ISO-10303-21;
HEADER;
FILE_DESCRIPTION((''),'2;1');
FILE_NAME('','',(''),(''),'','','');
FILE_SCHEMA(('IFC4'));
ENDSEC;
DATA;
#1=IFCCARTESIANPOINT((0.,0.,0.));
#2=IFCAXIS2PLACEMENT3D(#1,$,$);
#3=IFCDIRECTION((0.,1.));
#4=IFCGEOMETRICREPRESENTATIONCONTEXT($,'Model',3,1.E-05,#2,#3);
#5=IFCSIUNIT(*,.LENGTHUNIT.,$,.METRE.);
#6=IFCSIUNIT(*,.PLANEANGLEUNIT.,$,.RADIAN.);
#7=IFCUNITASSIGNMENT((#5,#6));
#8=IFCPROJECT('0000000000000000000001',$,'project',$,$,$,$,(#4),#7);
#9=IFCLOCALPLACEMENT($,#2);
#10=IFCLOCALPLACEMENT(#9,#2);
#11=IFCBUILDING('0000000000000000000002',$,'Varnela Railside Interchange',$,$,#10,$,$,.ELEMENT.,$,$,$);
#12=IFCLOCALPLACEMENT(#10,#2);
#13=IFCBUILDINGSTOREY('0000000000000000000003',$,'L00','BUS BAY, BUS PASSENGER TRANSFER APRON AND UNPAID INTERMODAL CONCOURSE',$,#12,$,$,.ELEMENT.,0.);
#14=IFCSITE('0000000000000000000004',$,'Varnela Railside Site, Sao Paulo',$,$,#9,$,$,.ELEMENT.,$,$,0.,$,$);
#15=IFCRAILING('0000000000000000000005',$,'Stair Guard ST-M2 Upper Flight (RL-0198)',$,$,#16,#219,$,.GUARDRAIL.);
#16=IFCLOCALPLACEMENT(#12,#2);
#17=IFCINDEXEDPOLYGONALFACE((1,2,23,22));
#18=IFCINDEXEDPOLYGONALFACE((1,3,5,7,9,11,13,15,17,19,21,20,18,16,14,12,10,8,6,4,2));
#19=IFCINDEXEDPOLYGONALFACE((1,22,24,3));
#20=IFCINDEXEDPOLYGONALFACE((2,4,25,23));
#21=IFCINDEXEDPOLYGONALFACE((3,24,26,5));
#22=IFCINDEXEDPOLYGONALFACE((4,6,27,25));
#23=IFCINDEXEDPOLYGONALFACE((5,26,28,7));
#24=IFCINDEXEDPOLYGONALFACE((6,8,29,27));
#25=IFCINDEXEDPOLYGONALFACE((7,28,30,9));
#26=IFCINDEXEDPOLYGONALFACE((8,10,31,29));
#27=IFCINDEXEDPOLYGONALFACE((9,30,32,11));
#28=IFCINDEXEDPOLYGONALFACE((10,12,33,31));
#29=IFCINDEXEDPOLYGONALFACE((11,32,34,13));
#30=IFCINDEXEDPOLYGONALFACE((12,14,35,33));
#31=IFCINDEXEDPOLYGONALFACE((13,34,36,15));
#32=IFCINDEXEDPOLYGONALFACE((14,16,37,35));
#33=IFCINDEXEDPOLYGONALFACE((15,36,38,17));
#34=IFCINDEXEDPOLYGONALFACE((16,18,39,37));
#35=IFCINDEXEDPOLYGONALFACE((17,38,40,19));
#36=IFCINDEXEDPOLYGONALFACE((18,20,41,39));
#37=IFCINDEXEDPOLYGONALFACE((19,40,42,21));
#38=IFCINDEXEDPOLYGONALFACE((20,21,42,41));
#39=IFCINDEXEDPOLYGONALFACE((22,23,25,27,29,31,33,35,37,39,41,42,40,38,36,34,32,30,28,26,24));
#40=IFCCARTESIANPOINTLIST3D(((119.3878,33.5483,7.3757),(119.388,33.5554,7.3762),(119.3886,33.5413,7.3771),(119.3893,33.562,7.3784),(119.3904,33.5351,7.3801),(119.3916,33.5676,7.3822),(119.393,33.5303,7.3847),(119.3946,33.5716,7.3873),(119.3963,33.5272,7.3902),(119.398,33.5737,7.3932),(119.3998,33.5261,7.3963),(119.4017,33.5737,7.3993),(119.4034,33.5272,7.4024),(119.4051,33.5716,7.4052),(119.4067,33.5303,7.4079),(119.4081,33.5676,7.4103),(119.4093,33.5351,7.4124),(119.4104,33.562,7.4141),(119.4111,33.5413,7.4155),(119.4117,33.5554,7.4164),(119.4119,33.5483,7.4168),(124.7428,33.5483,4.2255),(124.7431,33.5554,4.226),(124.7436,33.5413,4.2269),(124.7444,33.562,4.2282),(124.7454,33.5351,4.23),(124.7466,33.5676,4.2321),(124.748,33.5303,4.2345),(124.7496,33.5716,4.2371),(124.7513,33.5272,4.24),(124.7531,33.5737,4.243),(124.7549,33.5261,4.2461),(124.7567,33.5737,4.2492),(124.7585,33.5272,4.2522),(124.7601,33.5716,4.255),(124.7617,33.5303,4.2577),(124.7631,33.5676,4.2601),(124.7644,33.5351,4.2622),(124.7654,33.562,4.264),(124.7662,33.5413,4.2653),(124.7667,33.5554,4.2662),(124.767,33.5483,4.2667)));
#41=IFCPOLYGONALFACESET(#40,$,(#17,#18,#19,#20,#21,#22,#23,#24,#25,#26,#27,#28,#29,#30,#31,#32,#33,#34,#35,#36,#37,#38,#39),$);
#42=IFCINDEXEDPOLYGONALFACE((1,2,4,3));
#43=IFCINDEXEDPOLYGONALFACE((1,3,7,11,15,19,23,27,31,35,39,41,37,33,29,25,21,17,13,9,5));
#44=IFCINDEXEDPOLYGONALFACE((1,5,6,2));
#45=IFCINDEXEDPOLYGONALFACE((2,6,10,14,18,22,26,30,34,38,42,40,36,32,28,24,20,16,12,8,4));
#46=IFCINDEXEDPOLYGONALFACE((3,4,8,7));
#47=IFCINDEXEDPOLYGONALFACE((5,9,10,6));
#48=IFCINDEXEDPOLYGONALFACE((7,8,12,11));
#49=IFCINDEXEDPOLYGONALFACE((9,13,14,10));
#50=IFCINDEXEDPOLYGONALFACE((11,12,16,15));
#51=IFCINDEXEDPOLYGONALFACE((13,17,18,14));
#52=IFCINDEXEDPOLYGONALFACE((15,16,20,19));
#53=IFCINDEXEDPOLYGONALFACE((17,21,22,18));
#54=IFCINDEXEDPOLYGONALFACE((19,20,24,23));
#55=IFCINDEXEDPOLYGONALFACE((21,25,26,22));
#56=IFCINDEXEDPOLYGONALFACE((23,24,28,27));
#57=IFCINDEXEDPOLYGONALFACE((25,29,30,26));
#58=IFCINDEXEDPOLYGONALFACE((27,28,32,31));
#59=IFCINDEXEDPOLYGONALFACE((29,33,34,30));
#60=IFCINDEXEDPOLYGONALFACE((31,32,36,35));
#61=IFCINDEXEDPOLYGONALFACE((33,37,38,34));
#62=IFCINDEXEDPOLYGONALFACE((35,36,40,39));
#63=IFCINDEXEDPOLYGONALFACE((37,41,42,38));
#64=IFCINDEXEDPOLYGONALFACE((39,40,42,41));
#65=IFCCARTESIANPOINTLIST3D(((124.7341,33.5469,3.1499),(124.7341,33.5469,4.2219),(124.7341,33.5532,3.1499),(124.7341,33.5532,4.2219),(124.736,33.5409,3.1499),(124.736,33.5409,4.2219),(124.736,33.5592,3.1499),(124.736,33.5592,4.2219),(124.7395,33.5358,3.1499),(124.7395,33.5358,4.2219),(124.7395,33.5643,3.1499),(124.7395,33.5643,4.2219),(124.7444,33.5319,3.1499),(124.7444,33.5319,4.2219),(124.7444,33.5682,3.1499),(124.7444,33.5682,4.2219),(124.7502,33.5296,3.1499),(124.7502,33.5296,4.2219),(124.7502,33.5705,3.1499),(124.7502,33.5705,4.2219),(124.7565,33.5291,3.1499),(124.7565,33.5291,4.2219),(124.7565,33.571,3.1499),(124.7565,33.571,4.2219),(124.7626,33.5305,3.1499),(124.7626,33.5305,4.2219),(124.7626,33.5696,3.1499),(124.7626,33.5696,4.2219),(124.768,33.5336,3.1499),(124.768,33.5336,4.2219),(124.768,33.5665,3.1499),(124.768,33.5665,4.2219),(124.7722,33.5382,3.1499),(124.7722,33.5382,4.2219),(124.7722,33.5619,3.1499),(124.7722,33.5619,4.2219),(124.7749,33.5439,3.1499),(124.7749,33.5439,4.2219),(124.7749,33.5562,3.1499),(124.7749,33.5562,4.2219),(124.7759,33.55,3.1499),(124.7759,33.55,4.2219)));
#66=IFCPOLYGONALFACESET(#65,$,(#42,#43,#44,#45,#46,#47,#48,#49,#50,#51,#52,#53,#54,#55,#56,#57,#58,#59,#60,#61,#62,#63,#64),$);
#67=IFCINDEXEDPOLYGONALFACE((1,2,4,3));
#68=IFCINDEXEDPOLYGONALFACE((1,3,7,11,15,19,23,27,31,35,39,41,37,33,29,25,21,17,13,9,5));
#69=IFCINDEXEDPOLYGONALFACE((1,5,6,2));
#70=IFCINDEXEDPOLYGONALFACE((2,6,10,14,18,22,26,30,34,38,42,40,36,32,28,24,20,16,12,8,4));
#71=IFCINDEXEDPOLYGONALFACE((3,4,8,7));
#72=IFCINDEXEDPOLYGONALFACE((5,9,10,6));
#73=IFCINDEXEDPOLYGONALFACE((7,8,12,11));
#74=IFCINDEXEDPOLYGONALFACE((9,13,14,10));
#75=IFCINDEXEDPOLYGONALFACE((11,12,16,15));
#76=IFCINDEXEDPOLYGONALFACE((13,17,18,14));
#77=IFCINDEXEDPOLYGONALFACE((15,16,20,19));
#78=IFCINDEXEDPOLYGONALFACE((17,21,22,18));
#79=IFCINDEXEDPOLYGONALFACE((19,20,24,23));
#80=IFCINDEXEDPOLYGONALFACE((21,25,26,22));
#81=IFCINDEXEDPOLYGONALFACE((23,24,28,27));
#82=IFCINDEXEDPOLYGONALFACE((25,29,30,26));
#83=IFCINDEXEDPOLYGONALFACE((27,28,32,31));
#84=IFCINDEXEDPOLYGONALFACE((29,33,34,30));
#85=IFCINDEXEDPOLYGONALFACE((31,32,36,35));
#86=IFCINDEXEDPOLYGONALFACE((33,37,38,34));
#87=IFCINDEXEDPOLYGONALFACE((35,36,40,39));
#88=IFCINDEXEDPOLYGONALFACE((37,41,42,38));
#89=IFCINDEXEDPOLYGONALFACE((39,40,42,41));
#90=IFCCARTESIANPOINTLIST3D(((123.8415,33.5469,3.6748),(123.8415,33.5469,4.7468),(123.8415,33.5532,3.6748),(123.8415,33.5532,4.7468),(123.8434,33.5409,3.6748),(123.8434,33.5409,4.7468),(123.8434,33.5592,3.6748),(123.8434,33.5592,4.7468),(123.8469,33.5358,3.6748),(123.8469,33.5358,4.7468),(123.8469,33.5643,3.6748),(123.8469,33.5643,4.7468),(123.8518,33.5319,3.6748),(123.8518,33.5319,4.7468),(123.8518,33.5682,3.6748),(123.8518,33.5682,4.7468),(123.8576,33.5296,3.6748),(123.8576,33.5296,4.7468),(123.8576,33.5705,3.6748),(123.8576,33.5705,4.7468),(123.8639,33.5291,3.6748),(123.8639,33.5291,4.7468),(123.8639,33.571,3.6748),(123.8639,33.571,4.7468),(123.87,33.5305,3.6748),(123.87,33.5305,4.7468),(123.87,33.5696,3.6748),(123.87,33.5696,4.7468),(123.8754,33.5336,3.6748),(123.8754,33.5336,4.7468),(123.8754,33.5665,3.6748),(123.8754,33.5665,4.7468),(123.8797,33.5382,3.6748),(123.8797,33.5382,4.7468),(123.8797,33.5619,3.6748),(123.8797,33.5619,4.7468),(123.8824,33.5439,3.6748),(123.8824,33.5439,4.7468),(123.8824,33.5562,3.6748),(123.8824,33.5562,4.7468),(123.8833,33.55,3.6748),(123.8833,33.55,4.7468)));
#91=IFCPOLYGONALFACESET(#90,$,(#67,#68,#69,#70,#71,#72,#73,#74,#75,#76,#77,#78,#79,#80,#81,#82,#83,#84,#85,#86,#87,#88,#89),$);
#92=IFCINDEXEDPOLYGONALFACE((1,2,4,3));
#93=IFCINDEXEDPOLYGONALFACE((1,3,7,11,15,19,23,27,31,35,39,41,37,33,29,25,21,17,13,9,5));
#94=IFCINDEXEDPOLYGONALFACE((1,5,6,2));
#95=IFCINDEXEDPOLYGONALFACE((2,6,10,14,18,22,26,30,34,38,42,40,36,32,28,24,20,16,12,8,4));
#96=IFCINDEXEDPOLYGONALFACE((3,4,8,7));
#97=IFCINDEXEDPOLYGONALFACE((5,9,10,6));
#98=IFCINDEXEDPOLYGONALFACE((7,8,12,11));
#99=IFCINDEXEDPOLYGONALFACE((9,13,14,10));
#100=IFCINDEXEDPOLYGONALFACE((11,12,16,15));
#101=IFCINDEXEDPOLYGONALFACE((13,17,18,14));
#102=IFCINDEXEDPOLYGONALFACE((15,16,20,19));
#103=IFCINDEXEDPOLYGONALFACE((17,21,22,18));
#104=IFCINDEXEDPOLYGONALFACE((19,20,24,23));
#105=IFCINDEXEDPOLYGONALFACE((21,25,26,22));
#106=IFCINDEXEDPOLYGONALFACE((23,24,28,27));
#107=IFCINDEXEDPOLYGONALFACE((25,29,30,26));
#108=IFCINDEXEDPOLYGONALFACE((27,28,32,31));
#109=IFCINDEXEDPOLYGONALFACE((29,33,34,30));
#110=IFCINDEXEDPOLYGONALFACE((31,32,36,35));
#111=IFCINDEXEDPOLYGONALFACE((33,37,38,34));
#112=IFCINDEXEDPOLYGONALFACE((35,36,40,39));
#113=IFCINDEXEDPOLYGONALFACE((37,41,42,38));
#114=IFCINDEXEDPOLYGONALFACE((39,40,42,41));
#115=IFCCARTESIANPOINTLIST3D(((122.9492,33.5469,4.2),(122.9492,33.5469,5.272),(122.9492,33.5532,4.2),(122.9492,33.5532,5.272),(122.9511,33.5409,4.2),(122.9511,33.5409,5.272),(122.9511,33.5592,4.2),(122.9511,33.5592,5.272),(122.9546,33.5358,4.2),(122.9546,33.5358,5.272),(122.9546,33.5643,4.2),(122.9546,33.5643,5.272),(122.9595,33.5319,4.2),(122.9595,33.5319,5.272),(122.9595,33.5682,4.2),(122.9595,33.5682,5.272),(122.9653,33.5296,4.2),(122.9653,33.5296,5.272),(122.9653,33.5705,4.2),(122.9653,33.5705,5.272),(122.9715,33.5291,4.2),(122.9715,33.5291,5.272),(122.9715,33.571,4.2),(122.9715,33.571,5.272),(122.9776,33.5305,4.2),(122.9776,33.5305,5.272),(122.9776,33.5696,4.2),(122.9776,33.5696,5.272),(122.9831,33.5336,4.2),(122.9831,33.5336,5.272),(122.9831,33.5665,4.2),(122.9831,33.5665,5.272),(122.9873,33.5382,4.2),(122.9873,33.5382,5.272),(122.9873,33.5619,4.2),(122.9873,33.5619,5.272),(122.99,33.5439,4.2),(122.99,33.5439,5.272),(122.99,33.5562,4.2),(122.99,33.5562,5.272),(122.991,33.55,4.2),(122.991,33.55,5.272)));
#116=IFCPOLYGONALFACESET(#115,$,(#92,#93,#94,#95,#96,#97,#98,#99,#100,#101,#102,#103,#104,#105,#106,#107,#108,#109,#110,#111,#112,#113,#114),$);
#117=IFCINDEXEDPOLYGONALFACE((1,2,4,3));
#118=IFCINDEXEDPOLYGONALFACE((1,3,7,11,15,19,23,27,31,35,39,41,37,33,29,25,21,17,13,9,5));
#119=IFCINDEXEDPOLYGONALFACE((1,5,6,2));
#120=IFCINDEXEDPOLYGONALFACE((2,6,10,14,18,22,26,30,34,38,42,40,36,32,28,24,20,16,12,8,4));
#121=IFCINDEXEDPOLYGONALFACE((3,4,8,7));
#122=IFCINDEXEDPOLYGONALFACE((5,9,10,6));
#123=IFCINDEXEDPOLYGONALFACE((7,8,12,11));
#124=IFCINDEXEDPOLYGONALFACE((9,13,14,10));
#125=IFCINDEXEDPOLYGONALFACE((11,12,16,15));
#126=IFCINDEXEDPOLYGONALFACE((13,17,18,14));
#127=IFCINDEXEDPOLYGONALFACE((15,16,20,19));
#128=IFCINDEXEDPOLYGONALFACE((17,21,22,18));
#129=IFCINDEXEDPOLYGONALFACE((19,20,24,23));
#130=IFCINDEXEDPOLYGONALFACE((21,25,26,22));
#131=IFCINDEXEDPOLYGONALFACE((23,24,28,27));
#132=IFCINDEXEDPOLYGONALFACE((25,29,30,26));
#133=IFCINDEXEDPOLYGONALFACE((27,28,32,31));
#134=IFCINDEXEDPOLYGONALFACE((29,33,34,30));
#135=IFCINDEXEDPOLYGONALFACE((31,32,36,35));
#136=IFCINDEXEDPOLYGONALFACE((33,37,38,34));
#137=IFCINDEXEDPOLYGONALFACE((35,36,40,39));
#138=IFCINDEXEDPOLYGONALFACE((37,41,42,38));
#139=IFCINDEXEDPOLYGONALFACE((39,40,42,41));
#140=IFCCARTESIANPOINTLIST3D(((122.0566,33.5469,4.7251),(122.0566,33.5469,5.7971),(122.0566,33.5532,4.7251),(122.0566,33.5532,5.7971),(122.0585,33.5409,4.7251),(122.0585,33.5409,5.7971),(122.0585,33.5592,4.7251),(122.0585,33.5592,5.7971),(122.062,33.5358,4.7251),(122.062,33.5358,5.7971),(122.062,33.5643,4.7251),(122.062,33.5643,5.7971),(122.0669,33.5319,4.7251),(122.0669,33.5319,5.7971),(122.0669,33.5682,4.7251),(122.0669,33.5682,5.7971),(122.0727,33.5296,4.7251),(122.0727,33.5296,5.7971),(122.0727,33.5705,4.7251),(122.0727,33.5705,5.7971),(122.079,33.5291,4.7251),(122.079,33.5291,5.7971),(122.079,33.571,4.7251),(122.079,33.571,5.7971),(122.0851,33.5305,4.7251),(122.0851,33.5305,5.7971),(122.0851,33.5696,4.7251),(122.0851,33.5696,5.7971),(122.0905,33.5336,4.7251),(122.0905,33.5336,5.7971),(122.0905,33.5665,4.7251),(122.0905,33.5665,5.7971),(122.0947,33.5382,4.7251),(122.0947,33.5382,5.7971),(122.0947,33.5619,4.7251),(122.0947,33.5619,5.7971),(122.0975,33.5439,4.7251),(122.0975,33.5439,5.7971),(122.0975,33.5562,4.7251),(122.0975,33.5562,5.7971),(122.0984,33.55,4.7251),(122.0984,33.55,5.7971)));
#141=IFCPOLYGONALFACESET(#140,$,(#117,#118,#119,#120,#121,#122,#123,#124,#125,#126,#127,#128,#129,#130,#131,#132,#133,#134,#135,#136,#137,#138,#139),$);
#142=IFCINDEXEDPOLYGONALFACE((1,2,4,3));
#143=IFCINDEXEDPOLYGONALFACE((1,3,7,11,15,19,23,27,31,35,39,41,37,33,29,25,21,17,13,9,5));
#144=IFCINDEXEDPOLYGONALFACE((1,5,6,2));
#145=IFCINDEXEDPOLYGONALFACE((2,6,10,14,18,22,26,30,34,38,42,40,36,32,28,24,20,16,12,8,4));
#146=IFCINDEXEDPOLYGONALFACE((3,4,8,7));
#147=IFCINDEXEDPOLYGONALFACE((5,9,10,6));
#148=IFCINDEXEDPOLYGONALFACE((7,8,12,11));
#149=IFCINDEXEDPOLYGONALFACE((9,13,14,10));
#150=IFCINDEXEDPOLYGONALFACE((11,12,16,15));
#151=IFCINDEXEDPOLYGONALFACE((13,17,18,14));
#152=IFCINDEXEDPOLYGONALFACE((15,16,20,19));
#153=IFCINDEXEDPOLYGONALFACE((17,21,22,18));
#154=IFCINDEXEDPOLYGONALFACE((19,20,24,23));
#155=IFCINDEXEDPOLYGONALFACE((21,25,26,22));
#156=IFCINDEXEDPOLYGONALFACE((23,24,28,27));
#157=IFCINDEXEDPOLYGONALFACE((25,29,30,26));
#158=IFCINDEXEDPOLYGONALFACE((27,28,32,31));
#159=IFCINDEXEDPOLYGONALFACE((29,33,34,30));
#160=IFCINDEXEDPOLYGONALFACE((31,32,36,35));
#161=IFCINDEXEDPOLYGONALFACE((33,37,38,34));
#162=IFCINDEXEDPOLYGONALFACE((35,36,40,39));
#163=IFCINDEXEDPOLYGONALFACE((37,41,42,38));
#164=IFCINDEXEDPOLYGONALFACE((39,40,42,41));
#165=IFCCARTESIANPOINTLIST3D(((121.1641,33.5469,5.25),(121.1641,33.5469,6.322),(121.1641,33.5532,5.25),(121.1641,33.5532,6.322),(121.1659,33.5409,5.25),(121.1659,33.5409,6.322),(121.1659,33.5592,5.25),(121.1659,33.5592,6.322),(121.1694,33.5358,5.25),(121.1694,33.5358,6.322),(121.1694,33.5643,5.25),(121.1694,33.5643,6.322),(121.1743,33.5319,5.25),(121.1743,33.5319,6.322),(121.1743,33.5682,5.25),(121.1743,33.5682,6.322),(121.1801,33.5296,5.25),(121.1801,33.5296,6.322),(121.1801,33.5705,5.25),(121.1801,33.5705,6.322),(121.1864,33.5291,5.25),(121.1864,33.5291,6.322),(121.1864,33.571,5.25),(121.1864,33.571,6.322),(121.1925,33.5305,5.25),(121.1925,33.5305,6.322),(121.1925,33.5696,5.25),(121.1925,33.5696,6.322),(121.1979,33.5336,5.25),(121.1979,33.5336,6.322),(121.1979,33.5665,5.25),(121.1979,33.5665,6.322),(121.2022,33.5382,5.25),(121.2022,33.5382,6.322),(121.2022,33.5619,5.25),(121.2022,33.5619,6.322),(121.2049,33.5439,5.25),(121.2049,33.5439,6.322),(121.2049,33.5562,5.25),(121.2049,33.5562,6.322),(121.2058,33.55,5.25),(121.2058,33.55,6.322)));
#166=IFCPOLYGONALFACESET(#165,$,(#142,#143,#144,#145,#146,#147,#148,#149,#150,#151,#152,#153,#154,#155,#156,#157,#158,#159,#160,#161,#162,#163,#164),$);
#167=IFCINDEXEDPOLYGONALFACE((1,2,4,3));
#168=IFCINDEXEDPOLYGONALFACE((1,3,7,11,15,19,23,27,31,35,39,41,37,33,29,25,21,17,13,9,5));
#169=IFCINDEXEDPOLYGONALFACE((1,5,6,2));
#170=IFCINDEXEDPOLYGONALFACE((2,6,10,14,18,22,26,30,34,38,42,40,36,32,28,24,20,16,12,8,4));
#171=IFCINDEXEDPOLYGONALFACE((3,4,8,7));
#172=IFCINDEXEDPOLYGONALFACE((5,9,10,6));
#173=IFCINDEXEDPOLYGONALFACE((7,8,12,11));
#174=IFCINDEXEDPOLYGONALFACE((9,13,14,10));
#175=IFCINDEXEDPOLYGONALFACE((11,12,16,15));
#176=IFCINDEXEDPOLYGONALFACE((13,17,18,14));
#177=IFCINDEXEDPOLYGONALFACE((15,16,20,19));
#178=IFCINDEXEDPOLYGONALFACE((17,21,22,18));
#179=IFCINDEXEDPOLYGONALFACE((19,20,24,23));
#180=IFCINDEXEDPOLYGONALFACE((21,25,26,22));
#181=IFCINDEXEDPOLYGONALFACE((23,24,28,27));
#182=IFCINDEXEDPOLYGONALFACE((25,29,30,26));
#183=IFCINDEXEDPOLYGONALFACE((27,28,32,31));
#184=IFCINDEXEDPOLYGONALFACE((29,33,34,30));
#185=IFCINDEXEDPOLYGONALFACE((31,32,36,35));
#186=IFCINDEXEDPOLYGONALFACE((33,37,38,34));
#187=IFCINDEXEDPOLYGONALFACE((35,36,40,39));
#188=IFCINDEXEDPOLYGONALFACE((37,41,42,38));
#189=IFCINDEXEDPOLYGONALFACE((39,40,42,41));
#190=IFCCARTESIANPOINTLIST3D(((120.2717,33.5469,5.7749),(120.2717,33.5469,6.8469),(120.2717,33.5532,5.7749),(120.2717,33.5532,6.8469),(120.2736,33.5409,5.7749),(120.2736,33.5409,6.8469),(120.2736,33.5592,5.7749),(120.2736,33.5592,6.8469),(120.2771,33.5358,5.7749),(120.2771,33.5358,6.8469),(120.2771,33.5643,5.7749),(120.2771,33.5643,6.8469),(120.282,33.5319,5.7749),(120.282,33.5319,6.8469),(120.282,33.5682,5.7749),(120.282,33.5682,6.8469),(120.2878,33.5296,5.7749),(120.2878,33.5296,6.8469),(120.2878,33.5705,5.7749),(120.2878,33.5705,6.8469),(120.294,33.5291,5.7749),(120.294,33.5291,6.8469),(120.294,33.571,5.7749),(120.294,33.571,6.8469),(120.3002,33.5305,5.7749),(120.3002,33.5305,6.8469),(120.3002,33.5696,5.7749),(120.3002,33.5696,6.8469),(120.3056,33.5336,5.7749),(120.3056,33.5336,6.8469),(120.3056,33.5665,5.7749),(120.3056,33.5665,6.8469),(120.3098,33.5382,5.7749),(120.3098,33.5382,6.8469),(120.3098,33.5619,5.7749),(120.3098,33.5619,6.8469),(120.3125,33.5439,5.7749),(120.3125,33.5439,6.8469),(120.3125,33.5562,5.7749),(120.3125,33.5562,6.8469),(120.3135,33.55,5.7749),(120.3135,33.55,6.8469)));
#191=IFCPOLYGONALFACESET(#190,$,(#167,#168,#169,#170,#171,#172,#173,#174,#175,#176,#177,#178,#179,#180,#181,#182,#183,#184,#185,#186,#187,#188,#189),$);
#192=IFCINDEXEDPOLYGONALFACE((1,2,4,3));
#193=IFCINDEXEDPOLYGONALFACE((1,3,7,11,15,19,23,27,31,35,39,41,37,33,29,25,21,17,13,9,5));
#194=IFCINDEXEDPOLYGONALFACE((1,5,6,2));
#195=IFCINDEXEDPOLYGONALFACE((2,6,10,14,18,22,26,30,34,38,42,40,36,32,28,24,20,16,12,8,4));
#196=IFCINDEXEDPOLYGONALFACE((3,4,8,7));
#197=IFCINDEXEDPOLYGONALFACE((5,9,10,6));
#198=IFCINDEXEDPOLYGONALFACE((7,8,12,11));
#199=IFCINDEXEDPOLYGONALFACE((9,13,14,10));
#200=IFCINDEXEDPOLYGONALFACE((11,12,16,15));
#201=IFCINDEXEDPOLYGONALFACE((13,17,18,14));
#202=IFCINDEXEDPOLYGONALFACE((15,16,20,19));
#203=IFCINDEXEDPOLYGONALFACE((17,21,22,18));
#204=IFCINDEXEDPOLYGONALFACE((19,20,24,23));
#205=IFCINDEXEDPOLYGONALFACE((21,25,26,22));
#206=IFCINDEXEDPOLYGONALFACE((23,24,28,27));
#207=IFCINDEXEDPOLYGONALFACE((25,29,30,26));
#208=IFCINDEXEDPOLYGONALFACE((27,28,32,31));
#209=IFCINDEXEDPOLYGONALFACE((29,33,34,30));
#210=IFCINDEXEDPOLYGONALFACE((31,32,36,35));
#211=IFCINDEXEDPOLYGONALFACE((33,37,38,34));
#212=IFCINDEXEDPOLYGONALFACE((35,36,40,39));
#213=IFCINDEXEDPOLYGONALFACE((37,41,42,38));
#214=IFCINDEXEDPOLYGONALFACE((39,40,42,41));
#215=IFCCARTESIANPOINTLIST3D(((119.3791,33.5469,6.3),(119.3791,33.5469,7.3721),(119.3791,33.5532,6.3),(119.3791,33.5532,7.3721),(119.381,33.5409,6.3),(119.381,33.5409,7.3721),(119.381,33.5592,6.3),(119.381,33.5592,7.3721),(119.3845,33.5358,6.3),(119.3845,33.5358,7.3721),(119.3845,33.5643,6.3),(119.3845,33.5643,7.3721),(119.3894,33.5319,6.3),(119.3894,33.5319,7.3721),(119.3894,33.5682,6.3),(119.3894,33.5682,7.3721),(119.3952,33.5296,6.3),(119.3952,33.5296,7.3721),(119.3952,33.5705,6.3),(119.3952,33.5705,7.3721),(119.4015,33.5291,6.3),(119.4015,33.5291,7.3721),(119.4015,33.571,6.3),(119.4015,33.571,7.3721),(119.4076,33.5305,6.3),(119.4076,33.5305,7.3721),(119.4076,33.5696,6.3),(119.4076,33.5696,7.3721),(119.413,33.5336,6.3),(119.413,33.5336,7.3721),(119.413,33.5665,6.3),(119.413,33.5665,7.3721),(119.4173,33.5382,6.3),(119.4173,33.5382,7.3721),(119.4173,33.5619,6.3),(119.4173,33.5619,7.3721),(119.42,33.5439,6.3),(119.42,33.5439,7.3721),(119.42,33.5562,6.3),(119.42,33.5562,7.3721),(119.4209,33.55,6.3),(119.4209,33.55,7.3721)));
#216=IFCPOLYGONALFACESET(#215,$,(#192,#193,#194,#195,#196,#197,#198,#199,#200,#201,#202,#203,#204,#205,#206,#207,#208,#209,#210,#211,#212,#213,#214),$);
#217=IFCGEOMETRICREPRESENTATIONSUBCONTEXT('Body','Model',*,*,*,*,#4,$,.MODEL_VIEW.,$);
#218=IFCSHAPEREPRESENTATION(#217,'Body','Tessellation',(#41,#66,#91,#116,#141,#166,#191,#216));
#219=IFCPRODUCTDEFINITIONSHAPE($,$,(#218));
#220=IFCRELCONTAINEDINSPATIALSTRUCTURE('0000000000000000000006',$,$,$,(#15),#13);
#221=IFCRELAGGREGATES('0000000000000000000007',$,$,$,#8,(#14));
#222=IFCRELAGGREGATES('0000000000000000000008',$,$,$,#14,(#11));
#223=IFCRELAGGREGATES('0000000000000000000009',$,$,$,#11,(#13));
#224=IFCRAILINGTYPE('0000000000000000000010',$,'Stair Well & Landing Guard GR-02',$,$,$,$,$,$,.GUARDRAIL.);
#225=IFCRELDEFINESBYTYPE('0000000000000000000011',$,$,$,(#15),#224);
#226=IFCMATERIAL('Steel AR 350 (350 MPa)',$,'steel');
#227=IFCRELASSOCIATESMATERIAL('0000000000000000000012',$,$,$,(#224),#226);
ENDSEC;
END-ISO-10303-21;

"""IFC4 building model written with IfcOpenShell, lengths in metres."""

from ifc_helpers import new_model, si_unit, direction, frame, origin, origin_2d, place, context, subcontext, project, spatial, circle, extrude, material, type_object, element, save


model = new_model("IFC4")

# Units and contexts
model_context = context("Model", 3, precision=1e-05, world=origin(), true_north=direction((0.0, 1.0)))
body_context = subcontext(model_context, "Body", "Model", "MODEL_VIEW")
ifc_project = project(units=[si_unit("LENGTHUNIT", "METRE"), si_unit("PLANEANGLEUNIT", "RADIAN")], contexts=[model_context])

# Site, building, storey
site_placement = place(None, origin())
site = spatial("IfcSite", under=ifc_project, at=site_placement, Name="Varnela Railside Site, Sao Paulo", CompositionType="ELEMENT", RefElevation=0.0)
building_placement = place(site_placement, origin())
building = spatial("IfcBuilding", under=site, at=building_placement, Name="Varnela Railside Interchange", CompositionType="ELEMENT")
storey_placement = place(building_placement, origin())
storey = spatial("IfcBuildingStorey", under=building, at=storey_placement, Name="L00", Description="BUS BAY, BUS PASSENGER TRANSFER APRON AND UNPAID INTERMODAL CONCOURSE", CompositionType="ELEMENT", Elevation=0.0)

# Shared definitions
ifc_material_1 = material(Name="Steel AR 350 (350 MPa)", Category="steel")

# Railing
railing_type_1 = type_object("IfcRailingType", Name="Stair Well & Landing Guard GR-02", PredefinedType="GUARDRAIL", material=ifc_material_1)
railing_1_placement = place(storey_placement, frame((124.7549, 33.55, 3.1499)))
element("IfcRailing", 1, at=railing_1_placement, inside=storey, type_object=railing_type_1, Name="Stair Guard ST-M2 Upper Flight (RL-0198)", PredefinedType="GUARDRAIL", context=body_context, shape_type="SweptSolid", body=[
    extrude(circle(Radius=0.0239, at=origin_2d()), frame((0.0, 0.0, 1.0962), z_axis=(-0.861923, 0.0, 0.507039), x_axis=(0.0, -1.0, 0.0)), (0.0, 0.0, 1.0), 6.2129),
    extrude(circle(Radius=0.021, at=origin_2d()), origin(), (0.0, 0.0, 1.0), 1.072),
    extrude(circle(Radius=0.021, at=origin_2d()), frame((-0.8926, 0.0, 0.5249)), (0.0, 0.0, 1.0), 1.072),
    extrude(circle(Radius=0.021, at=origin_2d()), frame((-1.7849, 0.0, 1.05)), (0.0, 0.0, 1.0), 1.072),
    extrude(circle(Radius=0.021, at=origin_2d()), frame((-2.6775, 0.0, 1.5752)), (0.0, 0.0, 1.0), 1.072),
    extrude(circle(Radius=0.021, at=origin_2d()), frame((-3.5701, 0.0, 2.1001)), (0.0, 0.0, 1.0), 1.072),
    extrude(circle(Radius=0.021, at=origin_2d()), frame((-4.4624, 0.0, 2.625)), (0.0, 0.0, 1.0), 1.072),
    extrude(circle(Radius=0.021, at=origin_2d()), frame((-5.355, 0.0, 3.1501)), (0.0, 0.0, 1.0), 1.072),
])

save(model, "model.ifc")
